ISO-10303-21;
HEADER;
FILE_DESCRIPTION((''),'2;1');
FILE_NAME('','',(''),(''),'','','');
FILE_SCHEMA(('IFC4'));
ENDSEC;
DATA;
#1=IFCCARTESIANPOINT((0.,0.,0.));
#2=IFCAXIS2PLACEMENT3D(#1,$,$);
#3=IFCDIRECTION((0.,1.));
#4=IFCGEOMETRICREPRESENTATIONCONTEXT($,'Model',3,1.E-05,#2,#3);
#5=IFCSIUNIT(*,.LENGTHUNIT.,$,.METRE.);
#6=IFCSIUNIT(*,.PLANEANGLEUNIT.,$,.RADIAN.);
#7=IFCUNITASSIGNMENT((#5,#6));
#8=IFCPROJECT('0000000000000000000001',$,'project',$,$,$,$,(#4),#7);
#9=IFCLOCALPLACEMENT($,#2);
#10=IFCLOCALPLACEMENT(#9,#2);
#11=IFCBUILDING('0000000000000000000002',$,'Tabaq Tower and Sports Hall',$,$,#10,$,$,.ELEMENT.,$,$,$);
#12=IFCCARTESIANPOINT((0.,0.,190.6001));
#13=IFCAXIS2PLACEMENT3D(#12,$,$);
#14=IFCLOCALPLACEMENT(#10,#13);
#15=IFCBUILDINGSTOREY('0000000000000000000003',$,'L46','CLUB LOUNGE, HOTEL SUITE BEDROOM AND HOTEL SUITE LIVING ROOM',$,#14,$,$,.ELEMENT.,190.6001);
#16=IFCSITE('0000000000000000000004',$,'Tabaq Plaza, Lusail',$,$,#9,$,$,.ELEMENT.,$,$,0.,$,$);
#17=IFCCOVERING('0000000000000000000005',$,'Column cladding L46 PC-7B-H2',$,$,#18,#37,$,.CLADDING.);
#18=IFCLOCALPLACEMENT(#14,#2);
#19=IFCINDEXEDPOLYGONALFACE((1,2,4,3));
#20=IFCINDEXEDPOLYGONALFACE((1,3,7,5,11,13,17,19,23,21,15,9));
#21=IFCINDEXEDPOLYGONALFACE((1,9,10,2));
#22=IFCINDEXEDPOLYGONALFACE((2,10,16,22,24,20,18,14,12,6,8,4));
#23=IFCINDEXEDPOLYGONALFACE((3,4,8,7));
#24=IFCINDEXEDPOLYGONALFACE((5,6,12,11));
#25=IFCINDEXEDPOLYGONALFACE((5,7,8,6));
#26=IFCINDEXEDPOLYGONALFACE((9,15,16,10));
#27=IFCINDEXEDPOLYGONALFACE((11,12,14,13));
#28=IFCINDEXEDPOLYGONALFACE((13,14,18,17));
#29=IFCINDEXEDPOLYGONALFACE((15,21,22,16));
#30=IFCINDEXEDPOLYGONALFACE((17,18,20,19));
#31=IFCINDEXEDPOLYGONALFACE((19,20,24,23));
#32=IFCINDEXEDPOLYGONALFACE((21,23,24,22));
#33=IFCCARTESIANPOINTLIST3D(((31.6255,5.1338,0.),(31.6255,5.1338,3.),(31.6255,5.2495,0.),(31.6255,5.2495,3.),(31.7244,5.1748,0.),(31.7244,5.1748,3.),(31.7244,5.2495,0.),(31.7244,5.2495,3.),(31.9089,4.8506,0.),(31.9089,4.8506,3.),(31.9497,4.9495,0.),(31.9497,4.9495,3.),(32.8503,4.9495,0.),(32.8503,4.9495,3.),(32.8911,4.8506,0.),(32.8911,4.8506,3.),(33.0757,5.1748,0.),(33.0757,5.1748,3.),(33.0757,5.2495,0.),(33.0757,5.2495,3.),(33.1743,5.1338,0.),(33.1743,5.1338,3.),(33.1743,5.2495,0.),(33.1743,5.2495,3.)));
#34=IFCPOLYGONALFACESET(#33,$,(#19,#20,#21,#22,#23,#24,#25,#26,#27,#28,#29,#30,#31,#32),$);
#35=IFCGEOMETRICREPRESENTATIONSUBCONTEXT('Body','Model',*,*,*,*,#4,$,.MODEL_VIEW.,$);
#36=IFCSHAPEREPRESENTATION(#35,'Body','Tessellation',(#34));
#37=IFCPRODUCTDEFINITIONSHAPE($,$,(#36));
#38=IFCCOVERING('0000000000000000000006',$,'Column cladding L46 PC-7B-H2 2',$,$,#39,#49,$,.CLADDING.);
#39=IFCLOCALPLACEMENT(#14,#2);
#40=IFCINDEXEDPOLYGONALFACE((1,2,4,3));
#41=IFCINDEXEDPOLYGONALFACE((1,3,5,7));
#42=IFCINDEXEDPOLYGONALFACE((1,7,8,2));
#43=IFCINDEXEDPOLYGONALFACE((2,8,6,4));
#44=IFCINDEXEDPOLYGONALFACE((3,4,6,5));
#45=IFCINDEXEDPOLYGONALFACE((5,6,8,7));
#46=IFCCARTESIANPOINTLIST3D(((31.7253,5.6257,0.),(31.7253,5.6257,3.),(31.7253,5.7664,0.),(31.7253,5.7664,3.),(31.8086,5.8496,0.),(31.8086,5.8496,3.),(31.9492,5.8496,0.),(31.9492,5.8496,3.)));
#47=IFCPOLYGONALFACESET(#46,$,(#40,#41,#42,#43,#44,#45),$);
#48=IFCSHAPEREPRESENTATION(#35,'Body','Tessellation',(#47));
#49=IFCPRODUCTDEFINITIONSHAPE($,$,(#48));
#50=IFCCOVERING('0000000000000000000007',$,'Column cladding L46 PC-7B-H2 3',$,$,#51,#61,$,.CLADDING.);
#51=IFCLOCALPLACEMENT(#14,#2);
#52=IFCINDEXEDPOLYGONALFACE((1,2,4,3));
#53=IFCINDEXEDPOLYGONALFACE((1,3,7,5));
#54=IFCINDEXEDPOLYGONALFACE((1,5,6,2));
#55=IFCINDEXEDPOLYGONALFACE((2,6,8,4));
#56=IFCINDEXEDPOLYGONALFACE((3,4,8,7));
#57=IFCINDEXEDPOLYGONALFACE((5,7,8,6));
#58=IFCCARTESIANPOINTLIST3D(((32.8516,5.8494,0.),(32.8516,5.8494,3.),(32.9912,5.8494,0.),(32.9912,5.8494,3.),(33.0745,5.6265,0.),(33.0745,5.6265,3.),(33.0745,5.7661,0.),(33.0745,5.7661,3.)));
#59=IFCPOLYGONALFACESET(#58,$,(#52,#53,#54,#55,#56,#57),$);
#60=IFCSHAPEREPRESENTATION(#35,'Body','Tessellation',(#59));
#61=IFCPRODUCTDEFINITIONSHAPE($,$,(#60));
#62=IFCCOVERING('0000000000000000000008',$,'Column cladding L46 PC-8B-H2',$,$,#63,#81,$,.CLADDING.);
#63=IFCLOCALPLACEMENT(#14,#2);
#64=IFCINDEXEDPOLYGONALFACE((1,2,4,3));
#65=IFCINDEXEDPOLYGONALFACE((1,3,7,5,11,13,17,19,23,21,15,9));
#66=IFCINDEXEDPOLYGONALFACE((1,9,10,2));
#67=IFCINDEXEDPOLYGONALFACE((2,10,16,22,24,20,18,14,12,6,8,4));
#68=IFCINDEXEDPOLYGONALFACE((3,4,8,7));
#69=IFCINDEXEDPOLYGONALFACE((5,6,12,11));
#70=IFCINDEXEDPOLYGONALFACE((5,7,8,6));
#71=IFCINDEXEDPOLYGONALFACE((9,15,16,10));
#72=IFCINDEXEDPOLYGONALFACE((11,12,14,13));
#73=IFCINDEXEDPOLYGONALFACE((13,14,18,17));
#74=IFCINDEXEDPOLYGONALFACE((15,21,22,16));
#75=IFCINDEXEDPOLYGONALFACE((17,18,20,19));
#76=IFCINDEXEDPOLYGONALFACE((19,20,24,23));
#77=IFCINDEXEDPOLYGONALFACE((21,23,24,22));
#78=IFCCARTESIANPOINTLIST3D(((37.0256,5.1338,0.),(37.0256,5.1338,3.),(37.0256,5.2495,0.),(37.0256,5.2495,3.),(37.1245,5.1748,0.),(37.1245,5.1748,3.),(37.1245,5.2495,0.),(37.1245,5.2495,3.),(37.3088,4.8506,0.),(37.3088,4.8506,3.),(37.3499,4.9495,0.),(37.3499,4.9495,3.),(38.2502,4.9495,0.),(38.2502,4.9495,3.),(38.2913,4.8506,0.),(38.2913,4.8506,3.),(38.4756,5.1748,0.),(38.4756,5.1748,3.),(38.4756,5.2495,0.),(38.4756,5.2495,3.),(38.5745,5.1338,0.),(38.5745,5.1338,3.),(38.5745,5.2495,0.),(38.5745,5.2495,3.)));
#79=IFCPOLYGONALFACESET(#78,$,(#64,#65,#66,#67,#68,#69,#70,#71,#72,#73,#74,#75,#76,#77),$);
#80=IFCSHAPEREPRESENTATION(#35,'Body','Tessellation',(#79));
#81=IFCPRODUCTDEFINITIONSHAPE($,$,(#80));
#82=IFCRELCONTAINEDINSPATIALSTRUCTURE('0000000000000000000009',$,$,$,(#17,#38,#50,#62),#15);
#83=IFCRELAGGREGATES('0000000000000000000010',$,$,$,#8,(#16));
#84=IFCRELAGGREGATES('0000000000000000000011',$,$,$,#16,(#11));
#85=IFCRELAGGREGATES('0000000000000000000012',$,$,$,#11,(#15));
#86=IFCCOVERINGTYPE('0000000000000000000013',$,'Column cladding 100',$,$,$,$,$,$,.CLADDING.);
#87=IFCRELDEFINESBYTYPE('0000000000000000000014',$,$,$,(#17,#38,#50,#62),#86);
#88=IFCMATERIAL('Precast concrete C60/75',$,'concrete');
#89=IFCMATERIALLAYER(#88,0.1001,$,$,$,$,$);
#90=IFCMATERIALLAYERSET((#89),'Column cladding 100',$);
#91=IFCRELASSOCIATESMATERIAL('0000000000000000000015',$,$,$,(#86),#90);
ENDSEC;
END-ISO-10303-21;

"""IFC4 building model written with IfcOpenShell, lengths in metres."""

from ifc_helpers import new_model, si_unit, direction, frame, origin, place, context, subcontext, project, spatial, polyline, outline, extrude, material, layer, layer_set, type_object, element, save


model = new_model("IFC4")

# Units and contexts
model_context = context("Model", 3, precision=1e-05, world=origin(), true_north=direction((0.0, 1.0)))
body_context = subcontext(model_context, "Body", "Model", "MODEL_VIEW")
ifc_project = project(units=[si_unit("LENGTHUNIT", "METRE"), si_unit("PLANEANGLEUNIT", "RADIAN")], contexts=[model_context])

# Site, building, storey
site_placement = place(None, origin())
site = spatial("IfcSite", under=ifc_project, at=site_placement, Name="Tabaq Plaza, Lusail", CompositionType="ELEMENT", RefElevation=0.0)
building_placement = place(site_placement, origin())
building = spatial("IfcBuilding", under=site, at=building_placement, Name="Tabaq Tower and Sports Hall", CompositionType="ELEMENT")
storey_placement = place(building_placement, frame((0.0, 0.0, 190.6001)))
storey = spatial("IfcBuildingStorey", under=building, at=storey_placement, Name="L46", Description="CLUB LOUNGE, HOTEL SUITE BEDROOM AND HOTEL SUITE LIVING ROOM", CompositionType="ELEMENT", Elevation=190.6001)

# Coverings
ifc_material_1 = material(Name="Precast concrete C60/75", Category="concrete")
ifc_layer_1 = layer(ifc_material_1, 0.1001)
ifc_layer_set_1 = layer_set([ifc_layer_1], Name="Column cladding 100")
covering_type = type_object("IfcCoveringType", Name="Column cladding 100", PredefinedType="CLADDING", material=ifc_layer_set_1)
covering_1_placement = place(storey_placement, origin())
element("IfcCovering", 1, at=covering_1_placement, inside=storey, type_object=covering_type, Name="Column cladding L46 PC-7B-H2", PredefinedType="CLADDING", context=body_context, shape_type="SweptSolid", body=[
    extrude(outline(polyline([(31.6255, 5.2495), (31.7244, 5.2495), (31.7244, 5.1748), (31.9497, 4.9495), (32.8503, 4.9495), (33.0757, 5.1748), (33.0757, 5.2495), (33.1743, 5.2495), (33.1743, 5.1338), (32.8911, 4.8506), (31.9089, 4.8506), (31.6255, 5.1338), (31.6255, 5.2495)])), origin(), (0.0, 0.0, 1.0), 3.0),
])
covering_2_placement = place(storey_placement, origin())
element("IfcCovering", 2, at=covering_2_placement, inside=storey, type_object=covering_type, Name="Column cladding L46 PC-7B-H2 2", PredefinedType="CLADDING", context=body_context, shape_type="SweptSolid", body=[
    extrude(outline(polyline([(31.8086, 5.8496), (31.9492, 5.8496), (31.7253, 5.6257), (31.7253, 5.7664), (31.8086, 5.8496)])), origin(), (0.0, 0.0, 1.0), 3.0),
])
covering_3_placement = place(storey_placement, origin())
element("IfcCovering", 3, at=covering_3_placement, inside=storey, type_object=covering_type, Name="Column cladding L46 PC-7B-H2 3", PredefinedType="CLADDING", context=body_context, shape_type="SweptSolid", body=[
    extrude(outline(polyline([(33.0745, 5.6265), (32.8516, 5.8494), (32.9912, 5.8494), (33.0745, 5.7661), (33.0745, 5.6265)])), origin(), (0.0, 0.0, 1.0), 3.0),
])
covering_4_placement = place(storey_placement, origin())
element("IfcCovering", 4, at=covering_4_placement, inside=storey, type_object=covering_type, Name="Column cladding L46 PC-8B-H2", PredefinedType="CLADDING", context=body_context, shape_type="SweptSolid", body=[
    extrude(outline(polyline([(37.0256, 5.2495), (37.1245, 5.2495), (37.1245, 5.1748), (37.3499, 4.9495), (38.2502, 4.9495), (38.4756, 5.1748), (38.4756, 5.2495), (38.5745, 5.2495), (38.5745, 5.1338), (38.2913, 4.8506), (37.3088, 4.8506), (37.0256, 5.1338), (37.0256, 5.2495)])), origin(), (0.0, 0.0, 1.0), 3.0),
])

save(model, "model.ifc")
